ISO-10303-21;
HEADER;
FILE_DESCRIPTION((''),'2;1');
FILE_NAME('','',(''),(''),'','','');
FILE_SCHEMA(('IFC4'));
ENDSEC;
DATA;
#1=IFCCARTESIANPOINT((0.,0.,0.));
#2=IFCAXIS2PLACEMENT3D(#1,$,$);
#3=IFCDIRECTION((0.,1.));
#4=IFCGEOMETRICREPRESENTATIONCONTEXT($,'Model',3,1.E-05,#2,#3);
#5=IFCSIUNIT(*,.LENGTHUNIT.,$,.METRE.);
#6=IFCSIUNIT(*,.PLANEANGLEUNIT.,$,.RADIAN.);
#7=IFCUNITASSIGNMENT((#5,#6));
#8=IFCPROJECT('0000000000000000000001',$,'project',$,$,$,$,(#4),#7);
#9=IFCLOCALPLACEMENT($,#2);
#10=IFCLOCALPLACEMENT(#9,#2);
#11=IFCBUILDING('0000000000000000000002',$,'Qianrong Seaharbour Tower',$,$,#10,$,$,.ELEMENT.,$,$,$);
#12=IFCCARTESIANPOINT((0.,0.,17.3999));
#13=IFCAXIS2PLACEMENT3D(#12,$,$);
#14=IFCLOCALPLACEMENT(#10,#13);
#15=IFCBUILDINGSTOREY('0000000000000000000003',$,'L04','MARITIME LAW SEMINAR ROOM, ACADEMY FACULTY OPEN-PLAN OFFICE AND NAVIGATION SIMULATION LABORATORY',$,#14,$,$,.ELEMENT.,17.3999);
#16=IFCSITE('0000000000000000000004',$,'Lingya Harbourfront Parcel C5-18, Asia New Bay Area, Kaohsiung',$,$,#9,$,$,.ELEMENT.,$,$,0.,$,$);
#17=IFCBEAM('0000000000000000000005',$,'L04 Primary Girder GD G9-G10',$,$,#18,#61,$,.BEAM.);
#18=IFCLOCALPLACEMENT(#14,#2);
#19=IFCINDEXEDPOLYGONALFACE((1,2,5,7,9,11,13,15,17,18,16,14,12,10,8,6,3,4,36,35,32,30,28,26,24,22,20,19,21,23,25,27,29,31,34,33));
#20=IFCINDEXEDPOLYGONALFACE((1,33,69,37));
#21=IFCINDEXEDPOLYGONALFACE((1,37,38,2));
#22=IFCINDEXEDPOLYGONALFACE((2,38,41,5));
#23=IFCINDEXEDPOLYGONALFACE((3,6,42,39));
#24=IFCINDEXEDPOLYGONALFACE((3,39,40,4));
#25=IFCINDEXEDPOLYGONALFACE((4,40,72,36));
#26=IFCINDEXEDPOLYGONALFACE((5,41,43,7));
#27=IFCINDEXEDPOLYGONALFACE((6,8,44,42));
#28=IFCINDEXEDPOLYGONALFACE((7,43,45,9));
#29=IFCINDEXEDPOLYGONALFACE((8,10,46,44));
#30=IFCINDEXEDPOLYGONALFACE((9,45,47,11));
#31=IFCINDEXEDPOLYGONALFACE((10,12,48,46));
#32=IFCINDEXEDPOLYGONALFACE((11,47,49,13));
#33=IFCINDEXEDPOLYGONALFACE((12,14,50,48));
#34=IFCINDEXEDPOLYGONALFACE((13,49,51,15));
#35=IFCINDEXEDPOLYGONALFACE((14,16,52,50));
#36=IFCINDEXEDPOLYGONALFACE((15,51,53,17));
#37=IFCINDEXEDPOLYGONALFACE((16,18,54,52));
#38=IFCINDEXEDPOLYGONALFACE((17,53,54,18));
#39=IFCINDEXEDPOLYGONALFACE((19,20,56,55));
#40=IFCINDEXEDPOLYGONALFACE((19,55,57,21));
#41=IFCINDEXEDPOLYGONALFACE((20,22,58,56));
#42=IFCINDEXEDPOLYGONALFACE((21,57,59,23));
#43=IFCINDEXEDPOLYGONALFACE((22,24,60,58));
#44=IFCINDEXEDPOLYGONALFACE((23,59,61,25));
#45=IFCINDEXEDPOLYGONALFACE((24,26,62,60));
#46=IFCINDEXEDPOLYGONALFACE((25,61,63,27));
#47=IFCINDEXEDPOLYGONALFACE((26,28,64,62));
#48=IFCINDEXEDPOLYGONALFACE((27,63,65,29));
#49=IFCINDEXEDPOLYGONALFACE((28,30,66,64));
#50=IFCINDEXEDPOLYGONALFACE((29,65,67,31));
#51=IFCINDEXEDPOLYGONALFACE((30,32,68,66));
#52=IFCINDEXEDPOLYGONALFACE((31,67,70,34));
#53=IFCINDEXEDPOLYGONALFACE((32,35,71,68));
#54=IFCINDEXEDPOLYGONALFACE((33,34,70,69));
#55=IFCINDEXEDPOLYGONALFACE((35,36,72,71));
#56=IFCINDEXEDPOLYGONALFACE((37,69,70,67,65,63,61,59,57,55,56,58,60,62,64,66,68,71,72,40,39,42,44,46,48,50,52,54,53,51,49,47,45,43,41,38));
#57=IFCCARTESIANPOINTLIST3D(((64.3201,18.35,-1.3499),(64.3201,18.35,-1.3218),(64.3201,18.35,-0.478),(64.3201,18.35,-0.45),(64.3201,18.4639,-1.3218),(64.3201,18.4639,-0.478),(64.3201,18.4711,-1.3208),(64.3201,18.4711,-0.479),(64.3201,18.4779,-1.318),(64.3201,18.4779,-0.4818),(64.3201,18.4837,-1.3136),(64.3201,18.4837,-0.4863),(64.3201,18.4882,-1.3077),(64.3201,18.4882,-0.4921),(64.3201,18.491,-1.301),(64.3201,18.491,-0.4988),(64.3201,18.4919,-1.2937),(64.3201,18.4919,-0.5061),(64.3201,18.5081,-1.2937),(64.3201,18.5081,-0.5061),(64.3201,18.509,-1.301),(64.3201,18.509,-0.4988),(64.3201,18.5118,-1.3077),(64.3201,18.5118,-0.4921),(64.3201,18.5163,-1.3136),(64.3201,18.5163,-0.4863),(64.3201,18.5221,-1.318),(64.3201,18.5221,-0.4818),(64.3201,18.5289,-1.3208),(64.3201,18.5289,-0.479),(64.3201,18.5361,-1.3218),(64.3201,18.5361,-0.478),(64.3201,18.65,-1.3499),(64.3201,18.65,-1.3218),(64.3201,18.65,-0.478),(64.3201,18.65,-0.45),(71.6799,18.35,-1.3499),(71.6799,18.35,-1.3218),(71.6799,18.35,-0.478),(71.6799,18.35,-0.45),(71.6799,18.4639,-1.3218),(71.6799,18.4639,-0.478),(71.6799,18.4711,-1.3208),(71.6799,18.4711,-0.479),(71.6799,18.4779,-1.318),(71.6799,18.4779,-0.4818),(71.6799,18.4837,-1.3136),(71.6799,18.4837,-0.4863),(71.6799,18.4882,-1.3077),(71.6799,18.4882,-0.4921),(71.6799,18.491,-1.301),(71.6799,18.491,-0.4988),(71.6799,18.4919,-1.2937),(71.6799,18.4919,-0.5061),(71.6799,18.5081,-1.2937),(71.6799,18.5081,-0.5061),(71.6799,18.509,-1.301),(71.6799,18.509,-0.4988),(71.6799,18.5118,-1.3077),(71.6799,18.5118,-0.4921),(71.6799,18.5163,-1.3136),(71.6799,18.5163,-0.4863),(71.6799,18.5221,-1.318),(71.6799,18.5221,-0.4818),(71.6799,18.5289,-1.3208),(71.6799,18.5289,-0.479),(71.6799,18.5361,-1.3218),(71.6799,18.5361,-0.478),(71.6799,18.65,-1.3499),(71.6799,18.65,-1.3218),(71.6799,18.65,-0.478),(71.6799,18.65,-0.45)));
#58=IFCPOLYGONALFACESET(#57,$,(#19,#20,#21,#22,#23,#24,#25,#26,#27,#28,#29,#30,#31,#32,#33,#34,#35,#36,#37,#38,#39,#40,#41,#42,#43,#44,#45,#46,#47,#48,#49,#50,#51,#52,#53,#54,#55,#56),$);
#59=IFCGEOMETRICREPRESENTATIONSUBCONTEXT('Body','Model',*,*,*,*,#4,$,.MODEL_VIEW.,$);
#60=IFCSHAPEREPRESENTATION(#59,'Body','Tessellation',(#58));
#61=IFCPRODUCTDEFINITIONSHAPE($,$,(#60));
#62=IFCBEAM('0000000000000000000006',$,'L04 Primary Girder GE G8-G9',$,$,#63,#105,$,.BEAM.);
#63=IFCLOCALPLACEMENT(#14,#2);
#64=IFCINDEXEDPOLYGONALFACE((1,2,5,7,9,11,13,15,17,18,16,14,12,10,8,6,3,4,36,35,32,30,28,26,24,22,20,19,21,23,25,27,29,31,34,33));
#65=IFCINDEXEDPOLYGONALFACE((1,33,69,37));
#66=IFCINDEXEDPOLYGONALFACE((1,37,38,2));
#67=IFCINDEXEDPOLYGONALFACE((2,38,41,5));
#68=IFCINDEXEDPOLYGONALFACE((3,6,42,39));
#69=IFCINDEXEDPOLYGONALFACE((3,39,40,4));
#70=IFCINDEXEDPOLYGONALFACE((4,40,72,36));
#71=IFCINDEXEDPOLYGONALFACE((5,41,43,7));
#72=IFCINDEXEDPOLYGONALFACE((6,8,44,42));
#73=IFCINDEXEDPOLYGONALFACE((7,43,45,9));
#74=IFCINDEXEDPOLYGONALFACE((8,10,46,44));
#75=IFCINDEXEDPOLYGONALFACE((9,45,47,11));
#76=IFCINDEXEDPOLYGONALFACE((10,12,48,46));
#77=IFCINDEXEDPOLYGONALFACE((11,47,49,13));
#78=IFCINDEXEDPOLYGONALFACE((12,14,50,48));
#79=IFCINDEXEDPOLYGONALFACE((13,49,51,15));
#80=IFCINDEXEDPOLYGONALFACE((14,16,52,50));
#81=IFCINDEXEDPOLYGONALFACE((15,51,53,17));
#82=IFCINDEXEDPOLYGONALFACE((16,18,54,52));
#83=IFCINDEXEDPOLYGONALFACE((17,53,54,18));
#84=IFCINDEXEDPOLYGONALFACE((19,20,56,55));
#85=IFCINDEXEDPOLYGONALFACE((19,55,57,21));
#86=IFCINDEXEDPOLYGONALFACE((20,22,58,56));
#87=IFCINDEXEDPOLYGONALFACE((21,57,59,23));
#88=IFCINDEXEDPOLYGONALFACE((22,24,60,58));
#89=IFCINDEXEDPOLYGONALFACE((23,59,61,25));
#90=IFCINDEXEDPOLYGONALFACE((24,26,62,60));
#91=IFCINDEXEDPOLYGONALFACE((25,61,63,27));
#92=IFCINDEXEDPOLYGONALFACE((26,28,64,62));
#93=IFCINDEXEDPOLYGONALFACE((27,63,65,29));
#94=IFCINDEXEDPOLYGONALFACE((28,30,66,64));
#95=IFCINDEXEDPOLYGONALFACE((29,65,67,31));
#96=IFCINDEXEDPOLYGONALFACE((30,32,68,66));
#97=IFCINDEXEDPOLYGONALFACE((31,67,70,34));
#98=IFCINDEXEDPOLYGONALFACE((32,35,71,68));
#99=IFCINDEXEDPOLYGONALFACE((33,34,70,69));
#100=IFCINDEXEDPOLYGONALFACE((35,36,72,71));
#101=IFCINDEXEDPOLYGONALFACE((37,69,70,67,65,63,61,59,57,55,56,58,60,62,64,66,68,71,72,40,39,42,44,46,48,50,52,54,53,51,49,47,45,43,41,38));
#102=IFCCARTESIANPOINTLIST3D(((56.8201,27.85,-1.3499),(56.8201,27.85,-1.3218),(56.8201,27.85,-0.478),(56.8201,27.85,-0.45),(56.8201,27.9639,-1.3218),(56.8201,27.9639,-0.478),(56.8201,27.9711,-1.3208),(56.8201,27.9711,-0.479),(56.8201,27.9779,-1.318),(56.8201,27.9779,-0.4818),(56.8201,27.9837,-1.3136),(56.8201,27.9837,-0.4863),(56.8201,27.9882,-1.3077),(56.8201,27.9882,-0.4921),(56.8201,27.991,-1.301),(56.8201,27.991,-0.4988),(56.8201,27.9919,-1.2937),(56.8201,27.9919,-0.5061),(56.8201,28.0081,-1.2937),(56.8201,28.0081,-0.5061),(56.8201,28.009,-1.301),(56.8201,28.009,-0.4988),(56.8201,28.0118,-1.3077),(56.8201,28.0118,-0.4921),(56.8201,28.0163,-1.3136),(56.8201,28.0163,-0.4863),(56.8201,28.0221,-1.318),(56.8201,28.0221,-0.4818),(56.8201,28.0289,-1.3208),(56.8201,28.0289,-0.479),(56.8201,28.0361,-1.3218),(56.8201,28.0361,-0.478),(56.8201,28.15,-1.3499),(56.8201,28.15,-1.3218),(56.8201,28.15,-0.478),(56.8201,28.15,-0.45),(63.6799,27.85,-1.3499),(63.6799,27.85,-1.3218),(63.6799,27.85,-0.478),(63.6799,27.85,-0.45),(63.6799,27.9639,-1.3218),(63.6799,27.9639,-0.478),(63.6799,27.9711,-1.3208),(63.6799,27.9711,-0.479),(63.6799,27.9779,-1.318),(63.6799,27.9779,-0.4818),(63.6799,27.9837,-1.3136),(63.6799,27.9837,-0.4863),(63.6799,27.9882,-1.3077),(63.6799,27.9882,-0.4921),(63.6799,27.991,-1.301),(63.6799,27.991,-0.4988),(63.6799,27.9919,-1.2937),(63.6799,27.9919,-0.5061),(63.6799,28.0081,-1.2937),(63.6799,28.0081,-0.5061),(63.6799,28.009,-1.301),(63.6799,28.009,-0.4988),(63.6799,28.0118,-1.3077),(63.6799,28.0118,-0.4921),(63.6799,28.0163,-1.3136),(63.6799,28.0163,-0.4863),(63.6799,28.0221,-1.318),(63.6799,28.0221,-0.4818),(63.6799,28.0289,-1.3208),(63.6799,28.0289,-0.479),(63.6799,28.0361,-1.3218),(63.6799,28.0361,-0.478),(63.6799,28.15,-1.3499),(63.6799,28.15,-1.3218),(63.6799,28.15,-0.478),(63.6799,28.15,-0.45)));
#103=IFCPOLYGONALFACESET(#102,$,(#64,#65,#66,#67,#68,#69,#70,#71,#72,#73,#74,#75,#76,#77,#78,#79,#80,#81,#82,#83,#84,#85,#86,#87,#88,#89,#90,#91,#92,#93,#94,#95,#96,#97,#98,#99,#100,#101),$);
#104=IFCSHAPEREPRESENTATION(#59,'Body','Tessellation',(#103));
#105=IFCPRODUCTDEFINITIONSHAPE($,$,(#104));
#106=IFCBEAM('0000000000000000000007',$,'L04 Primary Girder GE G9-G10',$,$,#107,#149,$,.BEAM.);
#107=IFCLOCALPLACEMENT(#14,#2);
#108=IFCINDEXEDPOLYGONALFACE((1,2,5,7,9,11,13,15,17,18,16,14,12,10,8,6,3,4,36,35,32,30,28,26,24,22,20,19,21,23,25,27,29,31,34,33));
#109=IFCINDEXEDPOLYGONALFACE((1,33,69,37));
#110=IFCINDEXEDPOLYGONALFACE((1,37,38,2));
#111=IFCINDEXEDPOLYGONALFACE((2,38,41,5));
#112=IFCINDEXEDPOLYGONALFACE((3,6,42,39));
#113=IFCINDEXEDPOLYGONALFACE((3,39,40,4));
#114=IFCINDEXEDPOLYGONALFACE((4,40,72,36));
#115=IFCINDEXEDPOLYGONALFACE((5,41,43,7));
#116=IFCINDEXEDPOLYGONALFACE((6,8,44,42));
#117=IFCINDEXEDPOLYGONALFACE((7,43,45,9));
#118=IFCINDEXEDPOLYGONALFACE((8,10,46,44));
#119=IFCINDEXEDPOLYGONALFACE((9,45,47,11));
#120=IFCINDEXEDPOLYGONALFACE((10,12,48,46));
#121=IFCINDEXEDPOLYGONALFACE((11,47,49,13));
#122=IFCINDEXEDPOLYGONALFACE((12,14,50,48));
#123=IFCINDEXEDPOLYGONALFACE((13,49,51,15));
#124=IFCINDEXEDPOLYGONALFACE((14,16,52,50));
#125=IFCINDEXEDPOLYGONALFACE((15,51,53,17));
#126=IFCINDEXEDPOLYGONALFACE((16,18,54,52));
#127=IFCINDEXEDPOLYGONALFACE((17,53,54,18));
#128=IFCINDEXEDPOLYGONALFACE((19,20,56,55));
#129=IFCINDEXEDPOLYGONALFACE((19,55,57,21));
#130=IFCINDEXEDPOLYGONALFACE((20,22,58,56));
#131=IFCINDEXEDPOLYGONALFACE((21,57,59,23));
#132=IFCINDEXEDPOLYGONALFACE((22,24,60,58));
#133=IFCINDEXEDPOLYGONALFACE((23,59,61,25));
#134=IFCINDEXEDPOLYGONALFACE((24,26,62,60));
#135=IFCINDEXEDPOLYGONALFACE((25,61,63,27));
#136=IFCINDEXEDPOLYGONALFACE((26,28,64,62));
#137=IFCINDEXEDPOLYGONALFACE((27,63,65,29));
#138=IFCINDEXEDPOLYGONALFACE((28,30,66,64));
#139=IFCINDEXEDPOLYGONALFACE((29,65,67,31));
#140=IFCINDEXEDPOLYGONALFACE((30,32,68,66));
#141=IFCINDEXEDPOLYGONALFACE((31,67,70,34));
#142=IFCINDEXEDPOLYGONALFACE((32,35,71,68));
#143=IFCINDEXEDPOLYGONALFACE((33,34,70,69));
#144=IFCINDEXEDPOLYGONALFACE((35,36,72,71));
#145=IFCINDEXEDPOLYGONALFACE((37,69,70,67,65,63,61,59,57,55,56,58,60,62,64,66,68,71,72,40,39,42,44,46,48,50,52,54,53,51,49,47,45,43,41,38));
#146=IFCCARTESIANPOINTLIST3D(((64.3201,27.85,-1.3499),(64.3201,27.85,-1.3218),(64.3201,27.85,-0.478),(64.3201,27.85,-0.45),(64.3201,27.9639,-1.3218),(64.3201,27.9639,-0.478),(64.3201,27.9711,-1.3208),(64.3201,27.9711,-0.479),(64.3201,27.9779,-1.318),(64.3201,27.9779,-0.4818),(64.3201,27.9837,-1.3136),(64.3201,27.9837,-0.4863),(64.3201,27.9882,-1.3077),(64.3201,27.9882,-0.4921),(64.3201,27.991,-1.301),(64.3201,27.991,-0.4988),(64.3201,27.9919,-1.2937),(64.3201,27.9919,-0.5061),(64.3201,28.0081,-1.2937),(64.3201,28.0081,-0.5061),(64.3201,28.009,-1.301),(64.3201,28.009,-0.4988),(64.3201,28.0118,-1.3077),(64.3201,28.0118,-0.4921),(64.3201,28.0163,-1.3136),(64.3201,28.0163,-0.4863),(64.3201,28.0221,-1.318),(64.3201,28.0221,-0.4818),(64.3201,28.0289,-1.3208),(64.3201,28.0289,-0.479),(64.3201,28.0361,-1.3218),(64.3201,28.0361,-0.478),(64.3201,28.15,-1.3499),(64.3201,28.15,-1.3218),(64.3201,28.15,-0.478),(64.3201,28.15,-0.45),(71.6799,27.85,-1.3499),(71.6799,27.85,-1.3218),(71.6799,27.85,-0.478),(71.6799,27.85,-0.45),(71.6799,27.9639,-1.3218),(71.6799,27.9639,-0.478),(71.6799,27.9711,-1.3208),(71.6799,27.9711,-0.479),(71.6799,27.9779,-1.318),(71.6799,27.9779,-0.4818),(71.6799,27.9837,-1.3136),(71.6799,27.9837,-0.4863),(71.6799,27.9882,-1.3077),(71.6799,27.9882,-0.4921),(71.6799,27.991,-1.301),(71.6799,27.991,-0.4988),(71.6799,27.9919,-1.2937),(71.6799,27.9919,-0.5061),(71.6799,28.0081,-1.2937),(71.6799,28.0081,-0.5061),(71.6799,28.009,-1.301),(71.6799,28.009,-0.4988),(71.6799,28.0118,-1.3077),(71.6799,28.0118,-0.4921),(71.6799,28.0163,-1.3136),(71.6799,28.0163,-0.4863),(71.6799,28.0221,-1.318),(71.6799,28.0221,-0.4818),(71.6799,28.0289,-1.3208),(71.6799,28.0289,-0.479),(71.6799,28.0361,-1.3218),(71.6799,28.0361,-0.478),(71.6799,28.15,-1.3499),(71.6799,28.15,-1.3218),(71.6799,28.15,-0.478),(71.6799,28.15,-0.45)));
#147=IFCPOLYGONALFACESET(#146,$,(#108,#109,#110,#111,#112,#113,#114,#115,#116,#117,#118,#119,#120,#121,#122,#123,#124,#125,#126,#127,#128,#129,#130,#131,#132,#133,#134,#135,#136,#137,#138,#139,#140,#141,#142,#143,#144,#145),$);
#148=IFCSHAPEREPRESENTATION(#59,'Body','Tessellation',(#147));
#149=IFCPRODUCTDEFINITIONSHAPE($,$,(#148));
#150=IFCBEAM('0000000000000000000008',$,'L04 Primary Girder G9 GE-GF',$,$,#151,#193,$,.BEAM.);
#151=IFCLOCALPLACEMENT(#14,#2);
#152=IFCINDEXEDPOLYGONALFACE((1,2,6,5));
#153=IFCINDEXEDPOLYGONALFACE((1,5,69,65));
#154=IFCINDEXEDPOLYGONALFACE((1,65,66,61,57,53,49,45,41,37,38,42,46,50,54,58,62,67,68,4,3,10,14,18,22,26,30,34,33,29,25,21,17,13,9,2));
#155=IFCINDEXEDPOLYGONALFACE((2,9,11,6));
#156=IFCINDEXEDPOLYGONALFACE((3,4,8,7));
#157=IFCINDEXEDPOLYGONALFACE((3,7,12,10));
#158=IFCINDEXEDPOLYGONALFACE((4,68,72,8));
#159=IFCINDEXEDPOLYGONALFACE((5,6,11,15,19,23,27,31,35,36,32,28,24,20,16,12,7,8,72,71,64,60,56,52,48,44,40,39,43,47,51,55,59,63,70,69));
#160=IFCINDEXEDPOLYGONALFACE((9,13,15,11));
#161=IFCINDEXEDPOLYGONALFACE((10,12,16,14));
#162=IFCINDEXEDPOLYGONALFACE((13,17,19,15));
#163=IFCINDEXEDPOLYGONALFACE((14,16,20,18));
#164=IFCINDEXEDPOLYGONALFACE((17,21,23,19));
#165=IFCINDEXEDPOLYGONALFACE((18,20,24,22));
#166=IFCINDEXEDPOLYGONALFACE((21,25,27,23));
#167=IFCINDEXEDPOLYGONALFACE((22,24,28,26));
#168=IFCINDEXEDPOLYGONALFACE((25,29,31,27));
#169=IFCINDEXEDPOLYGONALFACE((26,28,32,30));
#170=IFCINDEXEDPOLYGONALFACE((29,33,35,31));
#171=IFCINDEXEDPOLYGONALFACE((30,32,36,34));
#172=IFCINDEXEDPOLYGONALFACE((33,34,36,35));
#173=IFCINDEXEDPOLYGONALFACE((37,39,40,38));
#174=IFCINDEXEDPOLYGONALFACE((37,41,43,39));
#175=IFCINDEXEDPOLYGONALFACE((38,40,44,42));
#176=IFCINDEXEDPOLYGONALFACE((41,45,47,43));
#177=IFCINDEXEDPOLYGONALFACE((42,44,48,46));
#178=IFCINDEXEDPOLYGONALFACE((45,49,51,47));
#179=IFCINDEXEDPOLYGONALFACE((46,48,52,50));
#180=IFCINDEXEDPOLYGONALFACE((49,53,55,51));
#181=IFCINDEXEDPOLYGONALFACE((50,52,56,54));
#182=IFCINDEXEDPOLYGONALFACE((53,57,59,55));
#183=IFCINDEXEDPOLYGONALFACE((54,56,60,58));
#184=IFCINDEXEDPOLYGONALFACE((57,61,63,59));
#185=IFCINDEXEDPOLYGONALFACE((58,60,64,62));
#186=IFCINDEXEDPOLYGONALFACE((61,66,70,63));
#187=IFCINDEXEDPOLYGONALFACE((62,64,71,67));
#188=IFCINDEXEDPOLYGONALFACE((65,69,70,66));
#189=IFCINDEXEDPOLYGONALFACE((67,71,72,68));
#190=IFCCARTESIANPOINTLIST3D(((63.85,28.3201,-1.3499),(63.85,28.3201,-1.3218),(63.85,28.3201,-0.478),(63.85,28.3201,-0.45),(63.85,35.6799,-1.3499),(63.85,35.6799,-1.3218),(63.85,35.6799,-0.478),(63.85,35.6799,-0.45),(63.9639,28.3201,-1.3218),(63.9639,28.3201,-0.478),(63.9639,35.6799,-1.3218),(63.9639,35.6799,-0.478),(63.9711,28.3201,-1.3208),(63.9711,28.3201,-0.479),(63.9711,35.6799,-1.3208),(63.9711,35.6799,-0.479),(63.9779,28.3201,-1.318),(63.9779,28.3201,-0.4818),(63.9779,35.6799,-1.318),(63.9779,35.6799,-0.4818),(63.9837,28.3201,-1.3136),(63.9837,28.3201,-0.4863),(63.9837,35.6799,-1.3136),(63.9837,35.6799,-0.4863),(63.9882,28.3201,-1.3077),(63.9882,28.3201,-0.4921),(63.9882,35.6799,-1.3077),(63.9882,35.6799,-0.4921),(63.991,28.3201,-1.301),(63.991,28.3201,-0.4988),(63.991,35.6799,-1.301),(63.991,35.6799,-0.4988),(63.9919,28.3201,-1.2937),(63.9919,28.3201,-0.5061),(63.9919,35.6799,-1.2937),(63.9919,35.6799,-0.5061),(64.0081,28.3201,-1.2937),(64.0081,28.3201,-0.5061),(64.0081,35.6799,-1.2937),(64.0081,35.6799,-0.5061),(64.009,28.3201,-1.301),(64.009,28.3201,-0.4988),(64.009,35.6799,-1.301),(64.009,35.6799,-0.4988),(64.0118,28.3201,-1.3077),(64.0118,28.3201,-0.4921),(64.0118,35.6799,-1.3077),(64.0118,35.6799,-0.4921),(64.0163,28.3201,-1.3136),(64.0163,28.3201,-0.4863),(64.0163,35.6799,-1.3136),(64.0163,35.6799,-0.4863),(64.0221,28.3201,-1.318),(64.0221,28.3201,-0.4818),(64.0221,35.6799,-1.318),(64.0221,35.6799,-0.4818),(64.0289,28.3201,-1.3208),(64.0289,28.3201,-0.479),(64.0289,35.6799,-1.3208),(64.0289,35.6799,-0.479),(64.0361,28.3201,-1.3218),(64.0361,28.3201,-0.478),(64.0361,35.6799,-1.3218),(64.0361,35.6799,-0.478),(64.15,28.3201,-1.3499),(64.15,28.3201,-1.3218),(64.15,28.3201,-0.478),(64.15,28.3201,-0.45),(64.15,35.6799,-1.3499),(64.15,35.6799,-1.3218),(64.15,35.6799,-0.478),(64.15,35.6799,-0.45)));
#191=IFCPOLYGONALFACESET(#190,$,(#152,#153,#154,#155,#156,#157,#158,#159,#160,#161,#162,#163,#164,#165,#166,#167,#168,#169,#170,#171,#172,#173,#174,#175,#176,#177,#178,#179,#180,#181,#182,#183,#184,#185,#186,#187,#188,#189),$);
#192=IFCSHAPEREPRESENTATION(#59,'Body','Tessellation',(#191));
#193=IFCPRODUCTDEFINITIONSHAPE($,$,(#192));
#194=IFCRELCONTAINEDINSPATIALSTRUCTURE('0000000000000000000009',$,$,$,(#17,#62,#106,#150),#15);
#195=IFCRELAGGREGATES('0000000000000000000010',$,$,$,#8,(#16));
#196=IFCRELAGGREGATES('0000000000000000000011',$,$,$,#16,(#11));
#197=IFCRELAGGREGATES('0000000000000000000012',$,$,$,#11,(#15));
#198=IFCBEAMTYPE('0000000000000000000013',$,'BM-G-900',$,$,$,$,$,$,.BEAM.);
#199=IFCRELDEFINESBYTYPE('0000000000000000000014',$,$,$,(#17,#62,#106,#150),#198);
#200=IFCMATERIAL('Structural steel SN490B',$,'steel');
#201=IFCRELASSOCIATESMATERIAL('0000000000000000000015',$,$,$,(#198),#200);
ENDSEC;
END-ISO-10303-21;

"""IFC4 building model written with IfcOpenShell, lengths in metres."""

from ifc_helpers import new_model, si_unit, direction, frame, origin, origin_2d, place, context, subcontext, project, spatial, i_section, extrude, material, material_profile, profile_set, type_object, element, save


model = new_model("IFC4")

# Units and contexts
model_context = context("Model", 3, precision=1e-05, world=origin(), true_north=direction((0.0, 1.0)))
body_context = subcontext(model_context, "Body", "Model", "MODEL_VIEW")
ifc_project = project(units=[si_unit("LENGTHUNIT", "METRE"), si_unit("PLANEANGLEUNIT", "RADIAN")], contexts=[model_context])

# Site, building, storey
site_placement = place(None, origin())
site = spatial("IfcSite", under=ifc_project, at=site_placement, Name="Lingya Harbourfront Parcel C5-18, Asia New Bay Area, Kaohsiung", CompositionType="ELEMENT", RefElevation=0.0)
building_placement = place(site_placement, origin())
building = spatial("IfcBuilding", under=site, at=building_placement, Name="Qianrong Seaharbour Tower", CompositionType="ELEMENT")
storey_placement = place(building_placement, frame((0.0, 0.0, 17.3999)))
storey = spatial("IfcBuildingStorey", under=building, at=storey_placement, Name="L04", Description="MARITIME LAW SEMINAR ROOM, ACADEMY FACULTY OPEN-PLAN OFFICE AND NAVIGATION SIMULATION LABORATORY", CompositionType="ELEMENT", Elevation=17.3999)

# Shared definitions
ifc_material_1 = material(Name="Structural steel SN490B", Category="steel")

# Beams
ifc_material_profile_1 = material_profile(ifc_material_1, i_section(OverallWidth=0.3, OverallDepth=0.8999, WebThickness=0.0161, FlangeThickness=0.0281, FilletRadius=0.0281, at=origin_2d()), Name="H900x300x16x28")
ifc_profile_set_1 = profile_set([ifc_material_profile_1], Name="Structural steel SN490B")
beam_type_1 = type_object("IfcBeamType", Name="BM-G-900", PredefinedType="BEAM", material=ifc_profile_set_1)
beam_1_placement = place(storey_placement, frame((64.3201, 18.5, -0.8999), z_axis=(1.0, 0.0, 0.0), x_axis=(0.0, 1.0, 0.0)))
element("IfcBeam", 1, at=beam_1_placement, inside=storey, type_object=beam_type_1, Name="L04 Primary Girder GD G9-G10", PredefinedType="BEAM", context=body_context, shape_type="SweptSolid", body=[
    extrude(i_section(OverallWidth=0.3, OverallDepth=0.8999, WebThickness=0.0161, FlangeThickness=0.0281, FilletRadius=0.0281, at=origin_2d()), origin(), (0.0, 0.0, 1.0), 7.3599),
])
beam_2_placement = place(storey_placement, frame((56.8201, 28.0, -0.8999), z_axis=(1.0, 0.0, 0.0), x_axis=(0.0, 1.0, 0.0)))
element("IfcBeam", 2, at=beam_2_placement, inside=storey, type_object=beam_type_1, Name="L04 Primary Girder GE G8-G9", PredefinedType="BEAM", context=body_context, shape_type="SweptSolid", body=[
    extrude(i_section(OverallWidth=0.3, OverallDepth=0.8999, WebThickness=0.0161, FlangeThickness=0.0281, FilletRadius=0.0281, at=origin_2d()), origin(), (0.0, 0.0, 1.0), 6.8599),
])
for number, where, z_axis, x_axis, name in (
    (3, (64.3201, 28.0, -0.8999), (1.0, 0.0, 0.0), (0.0, 1.0, 0.0), "L04 Primary Girder GE G9-G10"),
    (4, (64.0, 28.3201, -0.8999), (0.0, 1.0, 0.0), (-1.0, 0.0, 0.0), "L04 Primary Girder G9 GE-GF"),
):
    element("IfcBeam", number, at=place(storey_placement, frame(where, z_axis=z_axis, x_axis=x_axis)), inside=storey, type_object=beam_type_1, Name=name, PredefinedType="BEAM", context=body_context, shape_type="SweptSolid", body=[
        extrude(i_section(OverallWidth=0.3, OverallDepth=0.8999, WebThickness=0.0161, FlangeThickness=0.0281, FilletRadius=0.0281, at=origin_2d()), origin(), (0.0, 0.0, 1.0), 7.3599),
    ])

save(model, "model.ifc")
